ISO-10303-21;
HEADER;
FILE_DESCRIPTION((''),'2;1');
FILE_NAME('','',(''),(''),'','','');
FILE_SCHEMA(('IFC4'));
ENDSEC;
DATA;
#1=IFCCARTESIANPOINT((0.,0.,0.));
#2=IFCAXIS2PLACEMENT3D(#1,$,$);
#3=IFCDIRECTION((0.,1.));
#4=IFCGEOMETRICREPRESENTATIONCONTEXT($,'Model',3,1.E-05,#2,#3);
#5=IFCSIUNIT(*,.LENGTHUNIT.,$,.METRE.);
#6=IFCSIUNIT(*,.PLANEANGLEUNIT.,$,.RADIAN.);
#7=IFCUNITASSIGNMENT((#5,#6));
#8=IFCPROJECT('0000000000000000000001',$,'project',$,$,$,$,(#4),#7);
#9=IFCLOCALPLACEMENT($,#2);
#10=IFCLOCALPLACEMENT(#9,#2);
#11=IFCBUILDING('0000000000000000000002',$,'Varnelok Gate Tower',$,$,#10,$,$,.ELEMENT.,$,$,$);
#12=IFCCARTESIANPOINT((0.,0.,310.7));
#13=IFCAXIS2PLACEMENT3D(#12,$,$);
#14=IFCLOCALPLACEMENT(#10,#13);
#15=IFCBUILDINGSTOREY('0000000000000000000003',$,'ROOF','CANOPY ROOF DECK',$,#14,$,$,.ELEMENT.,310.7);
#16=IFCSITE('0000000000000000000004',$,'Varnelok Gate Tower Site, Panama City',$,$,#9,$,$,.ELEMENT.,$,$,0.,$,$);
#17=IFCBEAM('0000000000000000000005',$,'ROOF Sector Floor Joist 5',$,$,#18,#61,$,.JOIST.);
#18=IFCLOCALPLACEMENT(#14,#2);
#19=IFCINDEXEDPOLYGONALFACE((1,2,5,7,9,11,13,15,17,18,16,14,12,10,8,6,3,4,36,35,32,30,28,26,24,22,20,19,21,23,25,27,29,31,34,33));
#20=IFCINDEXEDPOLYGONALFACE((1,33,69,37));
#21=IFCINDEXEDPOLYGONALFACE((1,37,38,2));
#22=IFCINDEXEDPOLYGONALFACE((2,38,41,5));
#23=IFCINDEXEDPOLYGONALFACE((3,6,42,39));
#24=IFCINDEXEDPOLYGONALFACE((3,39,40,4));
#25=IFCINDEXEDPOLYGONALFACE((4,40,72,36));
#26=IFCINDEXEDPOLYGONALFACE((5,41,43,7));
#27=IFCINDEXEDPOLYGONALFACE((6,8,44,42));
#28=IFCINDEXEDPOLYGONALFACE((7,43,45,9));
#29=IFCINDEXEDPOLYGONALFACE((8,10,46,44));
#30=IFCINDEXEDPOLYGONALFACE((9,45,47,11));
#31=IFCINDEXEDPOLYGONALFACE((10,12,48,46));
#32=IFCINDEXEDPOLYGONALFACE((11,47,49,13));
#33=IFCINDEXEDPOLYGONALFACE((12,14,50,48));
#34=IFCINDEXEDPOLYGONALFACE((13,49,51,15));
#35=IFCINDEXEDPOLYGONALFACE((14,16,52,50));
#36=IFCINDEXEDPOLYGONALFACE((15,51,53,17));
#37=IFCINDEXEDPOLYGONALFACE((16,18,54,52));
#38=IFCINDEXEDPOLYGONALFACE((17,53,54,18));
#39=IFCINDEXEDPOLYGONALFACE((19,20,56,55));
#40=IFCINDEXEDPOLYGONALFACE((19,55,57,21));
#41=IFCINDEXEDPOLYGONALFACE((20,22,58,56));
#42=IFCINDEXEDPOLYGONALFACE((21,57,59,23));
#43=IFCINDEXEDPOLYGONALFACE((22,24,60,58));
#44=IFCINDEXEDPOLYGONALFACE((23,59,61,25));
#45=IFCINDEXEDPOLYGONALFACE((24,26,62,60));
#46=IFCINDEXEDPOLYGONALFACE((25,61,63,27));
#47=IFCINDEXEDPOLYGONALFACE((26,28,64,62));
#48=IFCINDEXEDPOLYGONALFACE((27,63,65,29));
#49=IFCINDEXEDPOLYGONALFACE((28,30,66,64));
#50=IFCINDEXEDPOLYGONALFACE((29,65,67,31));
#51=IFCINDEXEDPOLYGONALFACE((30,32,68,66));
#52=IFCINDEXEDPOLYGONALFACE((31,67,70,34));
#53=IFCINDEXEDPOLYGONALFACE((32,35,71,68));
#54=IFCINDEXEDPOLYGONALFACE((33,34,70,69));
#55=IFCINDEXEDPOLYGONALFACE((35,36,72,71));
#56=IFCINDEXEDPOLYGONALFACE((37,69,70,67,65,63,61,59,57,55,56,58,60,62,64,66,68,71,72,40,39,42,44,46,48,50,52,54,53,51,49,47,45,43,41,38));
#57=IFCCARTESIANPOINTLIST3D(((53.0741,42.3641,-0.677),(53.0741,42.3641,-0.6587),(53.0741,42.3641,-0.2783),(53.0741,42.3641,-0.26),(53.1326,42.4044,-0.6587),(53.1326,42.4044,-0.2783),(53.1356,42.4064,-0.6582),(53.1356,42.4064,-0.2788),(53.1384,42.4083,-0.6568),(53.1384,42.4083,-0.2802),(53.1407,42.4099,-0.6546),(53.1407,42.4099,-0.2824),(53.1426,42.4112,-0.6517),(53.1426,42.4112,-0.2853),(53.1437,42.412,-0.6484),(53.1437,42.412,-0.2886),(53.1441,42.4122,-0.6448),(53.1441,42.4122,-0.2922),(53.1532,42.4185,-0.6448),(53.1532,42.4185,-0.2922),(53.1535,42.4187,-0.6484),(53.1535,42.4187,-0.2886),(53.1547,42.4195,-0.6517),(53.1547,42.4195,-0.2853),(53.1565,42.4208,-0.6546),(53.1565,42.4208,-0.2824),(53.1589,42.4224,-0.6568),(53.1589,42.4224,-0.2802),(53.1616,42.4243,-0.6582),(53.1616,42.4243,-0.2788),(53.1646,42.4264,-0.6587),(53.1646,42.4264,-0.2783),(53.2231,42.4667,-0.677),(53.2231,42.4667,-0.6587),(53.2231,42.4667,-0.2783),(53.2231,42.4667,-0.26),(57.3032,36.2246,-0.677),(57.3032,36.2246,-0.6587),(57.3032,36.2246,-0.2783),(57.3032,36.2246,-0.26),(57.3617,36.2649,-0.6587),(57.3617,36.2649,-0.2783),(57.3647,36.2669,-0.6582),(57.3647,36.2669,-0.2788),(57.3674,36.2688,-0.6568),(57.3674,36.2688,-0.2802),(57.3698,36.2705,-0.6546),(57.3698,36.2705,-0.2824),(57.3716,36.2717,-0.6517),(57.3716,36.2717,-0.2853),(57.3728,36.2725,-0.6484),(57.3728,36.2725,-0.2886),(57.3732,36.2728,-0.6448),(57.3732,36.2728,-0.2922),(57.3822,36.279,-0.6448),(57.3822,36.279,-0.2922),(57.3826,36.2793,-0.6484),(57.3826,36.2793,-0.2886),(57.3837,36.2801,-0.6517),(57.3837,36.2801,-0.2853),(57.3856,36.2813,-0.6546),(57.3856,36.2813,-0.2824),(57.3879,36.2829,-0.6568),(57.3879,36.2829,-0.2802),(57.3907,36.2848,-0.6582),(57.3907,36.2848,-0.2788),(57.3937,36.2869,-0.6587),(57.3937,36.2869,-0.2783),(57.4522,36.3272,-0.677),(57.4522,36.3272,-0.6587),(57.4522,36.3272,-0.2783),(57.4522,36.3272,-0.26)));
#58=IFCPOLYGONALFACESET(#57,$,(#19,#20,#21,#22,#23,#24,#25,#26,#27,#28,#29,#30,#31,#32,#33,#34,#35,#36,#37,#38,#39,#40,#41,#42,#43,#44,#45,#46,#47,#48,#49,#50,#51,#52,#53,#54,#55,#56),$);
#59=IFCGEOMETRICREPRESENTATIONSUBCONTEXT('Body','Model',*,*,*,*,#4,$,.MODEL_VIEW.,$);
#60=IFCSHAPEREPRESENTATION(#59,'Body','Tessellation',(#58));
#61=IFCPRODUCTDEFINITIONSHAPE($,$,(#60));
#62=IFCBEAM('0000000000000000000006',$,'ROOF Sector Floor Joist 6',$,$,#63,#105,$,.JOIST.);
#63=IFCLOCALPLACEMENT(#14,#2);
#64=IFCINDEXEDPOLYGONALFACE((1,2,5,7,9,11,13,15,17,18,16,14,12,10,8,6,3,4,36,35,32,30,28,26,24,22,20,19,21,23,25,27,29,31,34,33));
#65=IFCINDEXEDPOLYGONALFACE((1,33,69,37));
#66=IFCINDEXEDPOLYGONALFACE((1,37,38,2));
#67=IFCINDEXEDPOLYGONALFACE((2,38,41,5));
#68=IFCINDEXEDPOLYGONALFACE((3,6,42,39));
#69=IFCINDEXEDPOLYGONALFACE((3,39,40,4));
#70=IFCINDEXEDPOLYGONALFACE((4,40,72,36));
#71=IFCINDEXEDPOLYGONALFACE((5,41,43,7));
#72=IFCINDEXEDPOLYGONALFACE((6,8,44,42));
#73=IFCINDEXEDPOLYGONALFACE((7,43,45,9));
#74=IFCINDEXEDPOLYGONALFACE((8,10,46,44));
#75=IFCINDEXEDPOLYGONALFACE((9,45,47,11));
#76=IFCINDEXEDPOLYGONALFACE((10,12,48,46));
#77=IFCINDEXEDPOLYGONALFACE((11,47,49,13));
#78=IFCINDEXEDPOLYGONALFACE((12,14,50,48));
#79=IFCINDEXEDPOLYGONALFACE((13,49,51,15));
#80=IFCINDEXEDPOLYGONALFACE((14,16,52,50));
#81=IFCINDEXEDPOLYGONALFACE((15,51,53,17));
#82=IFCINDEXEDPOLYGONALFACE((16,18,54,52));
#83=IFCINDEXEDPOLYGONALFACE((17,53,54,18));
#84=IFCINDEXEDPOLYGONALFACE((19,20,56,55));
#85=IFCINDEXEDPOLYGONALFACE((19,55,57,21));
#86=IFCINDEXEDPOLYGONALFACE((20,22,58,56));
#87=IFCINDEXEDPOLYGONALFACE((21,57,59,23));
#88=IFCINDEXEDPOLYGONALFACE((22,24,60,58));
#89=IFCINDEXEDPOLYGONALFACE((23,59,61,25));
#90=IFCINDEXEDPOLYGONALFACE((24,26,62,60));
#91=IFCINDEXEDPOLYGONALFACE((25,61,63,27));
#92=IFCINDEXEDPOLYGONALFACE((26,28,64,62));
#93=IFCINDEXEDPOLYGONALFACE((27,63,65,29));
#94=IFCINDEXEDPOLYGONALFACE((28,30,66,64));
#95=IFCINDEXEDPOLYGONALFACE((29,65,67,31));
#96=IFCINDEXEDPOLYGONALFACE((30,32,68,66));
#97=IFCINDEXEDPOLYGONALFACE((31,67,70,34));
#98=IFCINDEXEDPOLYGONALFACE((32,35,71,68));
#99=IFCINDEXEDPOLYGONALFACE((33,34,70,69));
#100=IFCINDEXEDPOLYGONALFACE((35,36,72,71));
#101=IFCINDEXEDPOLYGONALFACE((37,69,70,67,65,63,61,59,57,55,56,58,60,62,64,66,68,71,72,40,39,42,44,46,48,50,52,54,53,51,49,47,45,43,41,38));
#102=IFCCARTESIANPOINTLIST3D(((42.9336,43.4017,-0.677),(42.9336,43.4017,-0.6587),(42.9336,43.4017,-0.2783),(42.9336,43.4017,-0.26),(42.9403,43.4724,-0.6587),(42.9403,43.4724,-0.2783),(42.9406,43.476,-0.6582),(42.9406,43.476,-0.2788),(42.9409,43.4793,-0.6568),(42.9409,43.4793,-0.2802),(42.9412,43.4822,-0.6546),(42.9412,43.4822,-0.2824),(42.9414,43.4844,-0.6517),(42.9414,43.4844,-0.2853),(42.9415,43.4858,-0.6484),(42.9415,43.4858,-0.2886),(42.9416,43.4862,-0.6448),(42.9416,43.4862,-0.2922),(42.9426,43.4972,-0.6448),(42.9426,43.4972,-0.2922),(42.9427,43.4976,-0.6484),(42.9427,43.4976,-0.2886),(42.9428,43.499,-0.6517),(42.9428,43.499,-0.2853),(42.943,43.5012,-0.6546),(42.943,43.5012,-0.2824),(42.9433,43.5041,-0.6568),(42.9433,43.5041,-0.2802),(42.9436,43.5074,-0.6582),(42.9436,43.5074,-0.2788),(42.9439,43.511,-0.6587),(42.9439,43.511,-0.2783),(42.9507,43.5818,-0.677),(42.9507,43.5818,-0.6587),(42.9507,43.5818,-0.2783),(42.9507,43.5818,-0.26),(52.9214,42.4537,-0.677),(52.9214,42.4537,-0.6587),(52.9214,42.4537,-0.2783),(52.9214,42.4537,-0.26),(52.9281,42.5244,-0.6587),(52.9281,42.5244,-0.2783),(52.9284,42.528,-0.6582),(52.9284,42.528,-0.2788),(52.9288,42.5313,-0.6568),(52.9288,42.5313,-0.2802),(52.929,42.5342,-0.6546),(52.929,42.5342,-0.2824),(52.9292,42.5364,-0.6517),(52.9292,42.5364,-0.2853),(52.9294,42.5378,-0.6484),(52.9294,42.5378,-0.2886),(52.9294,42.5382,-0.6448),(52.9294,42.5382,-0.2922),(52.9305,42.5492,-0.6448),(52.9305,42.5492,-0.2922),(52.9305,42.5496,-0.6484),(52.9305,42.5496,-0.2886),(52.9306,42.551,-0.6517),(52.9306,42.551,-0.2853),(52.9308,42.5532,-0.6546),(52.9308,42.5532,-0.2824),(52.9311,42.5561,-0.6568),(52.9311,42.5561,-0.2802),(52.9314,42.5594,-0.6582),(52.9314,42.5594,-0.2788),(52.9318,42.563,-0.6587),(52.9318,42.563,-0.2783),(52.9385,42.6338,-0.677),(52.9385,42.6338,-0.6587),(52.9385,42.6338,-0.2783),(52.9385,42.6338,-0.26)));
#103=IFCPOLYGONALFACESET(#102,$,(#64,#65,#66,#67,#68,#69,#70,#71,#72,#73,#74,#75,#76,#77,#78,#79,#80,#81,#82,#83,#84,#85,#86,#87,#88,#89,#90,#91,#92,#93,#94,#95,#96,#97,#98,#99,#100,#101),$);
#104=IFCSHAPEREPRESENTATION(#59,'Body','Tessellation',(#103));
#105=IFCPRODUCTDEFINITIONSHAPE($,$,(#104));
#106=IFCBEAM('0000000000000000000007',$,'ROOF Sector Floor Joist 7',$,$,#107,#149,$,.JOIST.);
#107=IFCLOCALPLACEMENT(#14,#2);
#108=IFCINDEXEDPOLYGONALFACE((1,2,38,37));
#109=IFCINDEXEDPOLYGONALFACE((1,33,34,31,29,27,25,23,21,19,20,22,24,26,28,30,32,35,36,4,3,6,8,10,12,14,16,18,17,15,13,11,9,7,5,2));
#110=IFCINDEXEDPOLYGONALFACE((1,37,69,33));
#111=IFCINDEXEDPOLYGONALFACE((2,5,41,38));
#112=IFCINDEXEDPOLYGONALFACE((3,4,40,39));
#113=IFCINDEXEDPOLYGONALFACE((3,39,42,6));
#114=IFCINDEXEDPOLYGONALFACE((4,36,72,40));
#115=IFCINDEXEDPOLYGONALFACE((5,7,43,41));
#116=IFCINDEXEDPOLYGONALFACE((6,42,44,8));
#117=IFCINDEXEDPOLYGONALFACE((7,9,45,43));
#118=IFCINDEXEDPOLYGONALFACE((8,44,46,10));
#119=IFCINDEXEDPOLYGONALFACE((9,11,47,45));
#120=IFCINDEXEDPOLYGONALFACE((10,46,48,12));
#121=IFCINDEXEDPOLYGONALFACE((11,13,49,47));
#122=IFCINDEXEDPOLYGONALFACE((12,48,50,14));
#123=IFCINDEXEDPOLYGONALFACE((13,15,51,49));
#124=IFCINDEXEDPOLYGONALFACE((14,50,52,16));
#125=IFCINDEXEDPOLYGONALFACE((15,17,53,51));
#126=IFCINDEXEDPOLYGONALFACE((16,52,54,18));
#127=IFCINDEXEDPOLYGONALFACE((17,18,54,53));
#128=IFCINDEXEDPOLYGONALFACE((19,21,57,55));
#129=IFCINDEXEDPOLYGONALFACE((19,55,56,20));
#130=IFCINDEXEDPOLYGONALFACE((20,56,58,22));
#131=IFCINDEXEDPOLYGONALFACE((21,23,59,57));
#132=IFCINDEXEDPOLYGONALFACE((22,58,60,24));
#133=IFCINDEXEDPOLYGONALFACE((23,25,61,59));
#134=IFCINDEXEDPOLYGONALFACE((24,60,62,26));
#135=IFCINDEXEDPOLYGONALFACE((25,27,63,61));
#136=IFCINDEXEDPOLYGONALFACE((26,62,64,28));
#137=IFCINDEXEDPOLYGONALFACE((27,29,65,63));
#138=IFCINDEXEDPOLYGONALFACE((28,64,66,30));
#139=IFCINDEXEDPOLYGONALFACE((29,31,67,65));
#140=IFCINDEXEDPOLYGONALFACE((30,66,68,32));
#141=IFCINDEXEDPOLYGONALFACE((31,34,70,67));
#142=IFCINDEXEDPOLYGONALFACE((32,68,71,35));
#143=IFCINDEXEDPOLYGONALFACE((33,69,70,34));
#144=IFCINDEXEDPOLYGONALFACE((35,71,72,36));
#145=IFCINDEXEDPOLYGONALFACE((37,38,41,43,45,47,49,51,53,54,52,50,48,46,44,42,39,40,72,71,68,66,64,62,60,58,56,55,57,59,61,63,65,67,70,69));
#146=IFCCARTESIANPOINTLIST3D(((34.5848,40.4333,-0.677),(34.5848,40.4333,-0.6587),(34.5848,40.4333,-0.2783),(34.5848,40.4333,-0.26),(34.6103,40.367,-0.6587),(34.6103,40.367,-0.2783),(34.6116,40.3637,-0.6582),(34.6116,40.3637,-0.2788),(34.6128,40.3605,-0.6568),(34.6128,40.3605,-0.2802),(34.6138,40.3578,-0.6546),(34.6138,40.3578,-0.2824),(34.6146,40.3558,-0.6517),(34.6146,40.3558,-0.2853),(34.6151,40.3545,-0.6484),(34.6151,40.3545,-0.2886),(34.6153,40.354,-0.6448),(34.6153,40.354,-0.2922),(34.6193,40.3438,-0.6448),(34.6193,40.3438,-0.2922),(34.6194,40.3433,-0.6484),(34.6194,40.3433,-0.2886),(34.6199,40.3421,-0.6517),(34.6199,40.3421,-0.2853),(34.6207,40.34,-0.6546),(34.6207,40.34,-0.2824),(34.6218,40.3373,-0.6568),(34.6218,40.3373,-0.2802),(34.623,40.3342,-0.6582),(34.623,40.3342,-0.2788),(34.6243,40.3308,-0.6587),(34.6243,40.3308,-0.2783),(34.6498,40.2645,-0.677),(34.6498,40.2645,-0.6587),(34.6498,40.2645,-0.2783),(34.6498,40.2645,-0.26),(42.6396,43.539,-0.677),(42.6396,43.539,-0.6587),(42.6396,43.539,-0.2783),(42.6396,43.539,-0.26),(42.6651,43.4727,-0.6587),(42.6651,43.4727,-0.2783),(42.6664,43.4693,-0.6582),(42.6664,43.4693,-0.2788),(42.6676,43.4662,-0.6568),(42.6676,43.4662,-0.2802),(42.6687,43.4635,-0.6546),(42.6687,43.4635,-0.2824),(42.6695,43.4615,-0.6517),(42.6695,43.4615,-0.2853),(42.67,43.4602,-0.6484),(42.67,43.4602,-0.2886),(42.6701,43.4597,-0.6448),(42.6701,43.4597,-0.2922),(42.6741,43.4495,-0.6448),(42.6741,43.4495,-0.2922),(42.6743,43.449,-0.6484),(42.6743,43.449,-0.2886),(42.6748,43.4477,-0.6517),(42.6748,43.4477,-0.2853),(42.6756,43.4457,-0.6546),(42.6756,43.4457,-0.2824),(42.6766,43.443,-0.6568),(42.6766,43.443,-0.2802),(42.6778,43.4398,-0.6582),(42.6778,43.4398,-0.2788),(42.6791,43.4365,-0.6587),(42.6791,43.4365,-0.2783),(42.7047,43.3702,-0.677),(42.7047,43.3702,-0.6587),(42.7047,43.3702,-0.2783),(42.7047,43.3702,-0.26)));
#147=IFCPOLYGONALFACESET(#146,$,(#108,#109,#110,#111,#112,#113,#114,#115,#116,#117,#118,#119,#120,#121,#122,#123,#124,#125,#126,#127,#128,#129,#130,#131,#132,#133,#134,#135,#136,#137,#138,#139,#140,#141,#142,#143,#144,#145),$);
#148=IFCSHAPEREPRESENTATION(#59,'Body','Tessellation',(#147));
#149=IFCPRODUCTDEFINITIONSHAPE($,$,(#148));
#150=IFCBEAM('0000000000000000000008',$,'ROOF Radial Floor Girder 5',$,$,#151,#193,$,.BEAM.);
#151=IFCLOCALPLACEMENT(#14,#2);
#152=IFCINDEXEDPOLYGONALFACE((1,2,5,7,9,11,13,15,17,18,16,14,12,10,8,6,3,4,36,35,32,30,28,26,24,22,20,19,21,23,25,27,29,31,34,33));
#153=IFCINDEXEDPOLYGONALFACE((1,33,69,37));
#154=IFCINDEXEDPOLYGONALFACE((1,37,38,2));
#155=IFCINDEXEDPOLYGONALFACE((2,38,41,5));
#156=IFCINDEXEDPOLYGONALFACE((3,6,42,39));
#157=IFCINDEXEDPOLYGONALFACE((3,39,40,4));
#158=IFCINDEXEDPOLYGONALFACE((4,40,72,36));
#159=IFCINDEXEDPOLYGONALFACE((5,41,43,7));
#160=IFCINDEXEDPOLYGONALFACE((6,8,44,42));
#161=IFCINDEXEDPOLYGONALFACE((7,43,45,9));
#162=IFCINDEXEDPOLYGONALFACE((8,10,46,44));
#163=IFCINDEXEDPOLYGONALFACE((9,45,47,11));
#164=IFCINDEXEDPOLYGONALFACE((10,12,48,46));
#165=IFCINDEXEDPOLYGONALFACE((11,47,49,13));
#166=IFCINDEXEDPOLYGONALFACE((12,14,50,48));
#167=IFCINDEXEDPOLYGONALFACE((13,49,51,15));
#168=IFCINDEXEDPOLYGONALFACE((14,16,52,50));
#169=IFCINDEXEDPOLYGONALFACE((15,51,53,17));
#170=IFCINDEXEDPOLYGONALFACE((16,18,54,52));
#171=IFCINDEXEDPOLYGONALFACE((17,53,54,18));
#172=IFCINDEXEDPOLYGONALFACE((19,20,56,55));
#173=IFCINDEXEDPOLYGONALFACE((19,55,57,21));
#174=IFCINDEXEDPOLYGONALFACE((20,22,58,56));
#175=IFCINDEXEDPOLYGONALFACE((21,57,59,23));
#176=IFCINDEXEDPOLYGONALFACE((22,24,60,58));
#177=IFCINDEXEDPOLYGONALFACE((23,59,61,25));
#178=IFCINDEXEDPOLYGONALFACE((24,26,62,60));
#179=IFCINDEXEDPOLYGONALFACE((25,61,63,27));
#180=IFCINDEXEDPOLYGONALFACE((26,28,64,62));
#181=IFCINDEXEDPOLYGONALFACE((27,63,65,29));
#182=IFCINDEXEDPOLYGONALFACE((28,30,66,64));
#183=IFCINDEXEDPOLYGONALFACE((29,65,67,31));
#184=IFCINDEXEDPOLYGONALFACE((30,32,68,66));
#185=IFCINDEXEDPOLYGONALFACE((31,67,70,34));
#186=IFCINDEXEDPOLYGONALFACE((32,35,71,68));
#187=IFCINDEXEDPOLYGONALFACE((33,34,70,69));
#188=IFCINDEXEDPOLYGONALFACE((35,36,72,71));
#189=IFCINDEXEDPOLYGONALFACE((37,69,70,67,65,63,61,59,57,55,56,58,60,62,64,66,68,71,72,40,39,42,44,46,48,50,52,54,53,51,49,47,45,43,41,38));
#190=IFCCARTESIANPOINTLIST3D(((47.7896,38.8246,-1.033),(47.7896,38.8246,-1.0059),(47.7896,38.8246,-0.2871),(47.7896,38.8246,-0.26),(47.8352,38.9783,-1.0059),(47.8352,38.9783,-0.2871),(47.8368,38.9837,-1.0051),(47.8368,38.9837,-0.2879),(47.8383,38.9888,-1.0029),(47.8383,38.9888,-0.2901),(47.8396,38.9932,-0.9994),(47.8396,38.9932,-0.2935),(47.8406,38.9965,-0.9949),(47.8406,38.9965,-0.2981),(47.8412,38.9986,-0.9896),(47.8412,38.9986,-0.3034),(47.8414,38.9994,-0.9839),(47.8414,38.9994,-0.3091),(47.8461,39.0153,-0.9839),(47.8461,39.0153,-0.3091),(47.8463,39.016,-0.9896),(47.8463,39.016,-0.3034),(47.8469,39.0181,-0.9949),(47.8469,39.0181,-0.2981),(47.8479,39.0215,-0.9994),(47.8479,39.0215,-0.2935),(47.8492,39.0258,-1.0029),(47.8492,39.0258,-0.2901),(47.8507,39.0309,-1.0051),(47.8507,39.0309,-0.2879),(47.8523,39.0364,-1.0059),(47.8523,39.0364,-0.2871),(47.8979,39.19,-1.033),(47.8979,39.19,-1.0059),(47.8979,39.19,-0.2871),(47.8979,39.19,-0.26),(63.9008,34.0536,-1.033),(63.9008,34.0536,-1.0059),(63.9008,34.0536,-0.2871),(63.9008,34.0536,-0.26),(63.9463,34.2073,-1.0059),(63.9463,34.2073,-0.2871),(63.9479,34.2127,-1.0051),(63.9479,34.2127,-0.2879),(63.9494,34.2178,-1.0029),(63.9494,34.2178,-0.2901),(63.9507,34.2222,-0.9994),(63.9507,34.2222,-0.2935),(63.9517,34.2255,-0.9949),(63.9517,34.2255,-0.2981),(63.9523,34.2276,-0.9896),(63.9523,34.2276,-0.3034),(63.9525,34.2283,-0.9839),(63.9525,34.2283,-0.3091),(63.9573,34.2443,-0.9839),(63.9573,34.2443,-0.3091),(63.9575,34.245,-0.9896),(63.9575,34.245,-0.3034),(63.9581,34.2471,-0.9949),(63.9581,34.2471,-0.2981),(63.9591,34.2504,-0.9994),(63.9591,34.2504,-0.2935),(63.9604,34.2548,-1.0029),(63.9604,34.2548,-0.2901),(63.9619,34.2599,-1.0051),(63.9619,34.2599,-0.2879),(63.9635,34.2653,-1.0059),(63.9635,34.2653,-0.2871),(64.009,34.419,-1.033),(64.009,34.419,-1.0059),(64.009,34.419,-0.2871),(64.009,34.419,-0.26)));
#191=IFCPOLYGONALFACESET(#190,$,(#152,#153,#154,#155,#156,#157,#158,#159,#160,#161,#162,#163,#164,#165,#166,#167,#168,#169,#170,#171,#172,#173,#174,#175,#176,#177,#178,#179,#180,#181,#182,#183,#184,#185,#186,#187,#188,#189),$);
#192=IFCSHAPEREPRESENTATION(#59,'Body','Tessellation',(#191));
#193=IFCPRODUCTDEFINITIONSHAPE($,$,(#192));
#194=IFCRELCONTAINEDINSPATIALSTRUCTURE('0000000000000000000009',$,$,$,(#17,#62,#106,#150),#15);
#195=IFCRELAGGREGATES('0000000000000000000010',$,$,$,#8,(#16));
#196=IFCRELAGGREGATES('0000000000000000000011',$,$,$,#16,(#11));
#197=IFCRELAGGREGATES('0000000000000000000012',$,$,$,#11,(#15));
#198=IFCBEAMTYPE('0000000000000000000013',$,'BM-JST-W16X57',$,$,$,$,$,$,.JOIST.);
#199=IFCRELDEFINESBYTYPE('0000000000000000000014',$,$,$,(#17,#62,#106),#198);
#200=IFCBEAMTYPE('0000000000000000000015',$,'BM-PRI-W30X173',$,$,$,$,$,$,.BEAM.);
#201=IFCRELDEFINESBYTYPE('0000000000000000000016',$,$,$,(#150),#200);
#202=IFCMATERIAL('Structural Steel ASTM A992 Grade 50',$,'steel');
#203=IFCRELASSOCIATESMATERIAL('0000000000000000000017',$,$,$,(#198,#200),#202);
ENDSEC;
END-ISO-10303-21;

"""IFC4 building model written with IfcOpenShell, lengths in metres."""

from ifc_helpers import new_model, si_unit, direction, frame, origin, origin_2d, place, context, subcontext, project, spatial, i_section, extrude, material, material_profile, profile_set, type_object, element, save


model = new_model("IFC4")

# Units and contexts
model_context = context("Model", 3, precision=1e-05, world=origin(), true_north=direction((0.0, 1.0)))
body_context = subcontext(model_context, "Body", "Model", "MODEL_VIEW")
ifc_project = project(units=[si_unit("LENGTHUNIT", "METRE"), si_unit("PLANEANGLEUNIT", "RADIAN")], contexts=[model_context])

# Site, building, storey
site_placement = place(None, origin())
site = spatial("IfcSite", under=ifc_project, at=site_placement, Name="Varnelok Gate Tower Site, Panama City", CompositionType="ELEMENT", RefElevation=0.0)
building_placement = place(site_placement, origin())
building = spatial("IfcBuilding", under=site, at=building_placement, Name="Varnelok Gate Tower", CompositionType="ELEMENT")
storey_placement = place(building_placement, frame((0.0, 0.0, 310.7)))
storey = spatial("IfcBuildingStorey", under=building, at=storey_placement, Name="ROOF", Description="CANOPY ROOF DECK", CompositionType="ELEMENT", Elevation=310.7)

# Beams
ifc_material_1 = material(Name="Structural Steel ASTM A992 Grade 50", Category="steel")
ifc_material_profile_1 = material_profile(ifc_material_1, i_section(OverallWidth=0.1809, OverallDepth=0.417, WebThickness=0.011, FlangeThickness=0.0183, FilletRadius=0.0139, at=origin_2d()), Name="W16X57")
ifc_profile_set_1 = profile_set([ifc_material_profile_1], Name="Structural Steel ASTM A992 Grade 50")
beam_type_1 = type_object("IfcBeamType", Name="BM-JST-W16X57", PredefinedType="JOIST", material=ifc_profile_set_1)
beam_1_placement = place(storey_placement, frame((57.3777, 36.2759, -0.4685), z_axis=(-0.567272, 0.82353, 0.0), x_axis=(-0.82353, -0.567272, 0.0)))
element("IfcBeam", 1, at=beam_1_placement, inside=storey, type_object=beam_type_1, Name="ROOF Sector Floor Joist 5", PredefinedType="JOIST", context=body_context, shape_type="SweptSolid", body=[
    extrude(i_section(OverallWidth=0.1809, OverallDepth=0.417, WebThickness=0.011, FlangeThickness=0.0183, FilletRadius=0.0139, at=origin_2d()), origin(), (0.0, 0.0, 1.0), 7.4551),
])
beam_2_placement = place(storey_placement, frame((52.9299, 42.5437, -0.4685), z_axis=(-0.995526, 0.094491, 0.0), x_axis=(-0.094491, -0.995526, 0.0)))
element("IfcBeam", 2, at=beam_2_placement, inside=storey, type_object=beam_type_1, Name="ROOF Sector Floor Joist 6", PredefinedType="JOIST", context=body_context, shape_type="SweptSolid", body=[
    extrude(i_section(OverallWidth=0.1809, OverallDepth=0.417, WebThickness=0.011, FlangeThickness=0.0183, FilletRadius=0.0139, at=origin_2d()), origin(), (0.0, 0.0, 1.0), 10.0327),
])
beam_3_placement = place(storey_placement, frame((42.6721, 43.4546, -0.4685), z_axis=(-0.933048, -0.359752, 0.0), x_axis=(0.359752, -0.933048, 0.0)))
element("IfcBeam", 3, at=beam_3_placement, inside=storey, type_object=beam_type_1, Name="ROOF Sector Floor Joist 7", PredefinedType="JOIST", context=body_context, shape_type="SweptSolid", body=[
    extrude(i_section(OverallWidth=0.1809, OverallDepth=0.417, WebThickness=0.011, FlangeThickness=0.0183, FilletRadius=0.0139, at=origin_2d()), origin(), (0.0, 0.0, 1.0), 8.6328),
])
ifc_material_profile_2 = material_profile(ifc_material_1, i_section(OverallWidth=0.3811, OverallDepth=0.7729, WebThickness=0.0166, FlangeThickness=0.0271, FilletRadius=0.022, at=origin_2d()), Name="W30X173")
ifc_profile_set_2 = profile_set([ifc_material_profile_2], Name="Structural Steel ASTM A992 Grade 50")
beam_type_2 = type_object("IfcBeamType", Name="BM-PRI-W30X173", PredefinedType="BEAM", material=ifc_profile_set_2)
beam_4_placement = place(storey_placement, frame((47.8438, 39.0073, -0.6465), z_axis=(0.958841, -0.283943, 0.0), x_axis=(0.283943, 0.958841, 0.0)))
element("IfcBeam", 4, at=beam_4_placement, inside=storey, type_object=beam_type_2, Name="ROOF Radial Floor Girder 5", PredefinedType="BEAM", context=body_context, shape_type="SweptSolid", body=[
    extrude(i_section(OverallWidth=0.3811, OverallDepth=0.7729, WebThickness=0.0166, FlangeThickness=0.0271, FilletRadius=0.022, at=origin_2d()), origin(), (0.0, 0.0, 1.0), 16.8027),
])

save(model, "model.ifc")
